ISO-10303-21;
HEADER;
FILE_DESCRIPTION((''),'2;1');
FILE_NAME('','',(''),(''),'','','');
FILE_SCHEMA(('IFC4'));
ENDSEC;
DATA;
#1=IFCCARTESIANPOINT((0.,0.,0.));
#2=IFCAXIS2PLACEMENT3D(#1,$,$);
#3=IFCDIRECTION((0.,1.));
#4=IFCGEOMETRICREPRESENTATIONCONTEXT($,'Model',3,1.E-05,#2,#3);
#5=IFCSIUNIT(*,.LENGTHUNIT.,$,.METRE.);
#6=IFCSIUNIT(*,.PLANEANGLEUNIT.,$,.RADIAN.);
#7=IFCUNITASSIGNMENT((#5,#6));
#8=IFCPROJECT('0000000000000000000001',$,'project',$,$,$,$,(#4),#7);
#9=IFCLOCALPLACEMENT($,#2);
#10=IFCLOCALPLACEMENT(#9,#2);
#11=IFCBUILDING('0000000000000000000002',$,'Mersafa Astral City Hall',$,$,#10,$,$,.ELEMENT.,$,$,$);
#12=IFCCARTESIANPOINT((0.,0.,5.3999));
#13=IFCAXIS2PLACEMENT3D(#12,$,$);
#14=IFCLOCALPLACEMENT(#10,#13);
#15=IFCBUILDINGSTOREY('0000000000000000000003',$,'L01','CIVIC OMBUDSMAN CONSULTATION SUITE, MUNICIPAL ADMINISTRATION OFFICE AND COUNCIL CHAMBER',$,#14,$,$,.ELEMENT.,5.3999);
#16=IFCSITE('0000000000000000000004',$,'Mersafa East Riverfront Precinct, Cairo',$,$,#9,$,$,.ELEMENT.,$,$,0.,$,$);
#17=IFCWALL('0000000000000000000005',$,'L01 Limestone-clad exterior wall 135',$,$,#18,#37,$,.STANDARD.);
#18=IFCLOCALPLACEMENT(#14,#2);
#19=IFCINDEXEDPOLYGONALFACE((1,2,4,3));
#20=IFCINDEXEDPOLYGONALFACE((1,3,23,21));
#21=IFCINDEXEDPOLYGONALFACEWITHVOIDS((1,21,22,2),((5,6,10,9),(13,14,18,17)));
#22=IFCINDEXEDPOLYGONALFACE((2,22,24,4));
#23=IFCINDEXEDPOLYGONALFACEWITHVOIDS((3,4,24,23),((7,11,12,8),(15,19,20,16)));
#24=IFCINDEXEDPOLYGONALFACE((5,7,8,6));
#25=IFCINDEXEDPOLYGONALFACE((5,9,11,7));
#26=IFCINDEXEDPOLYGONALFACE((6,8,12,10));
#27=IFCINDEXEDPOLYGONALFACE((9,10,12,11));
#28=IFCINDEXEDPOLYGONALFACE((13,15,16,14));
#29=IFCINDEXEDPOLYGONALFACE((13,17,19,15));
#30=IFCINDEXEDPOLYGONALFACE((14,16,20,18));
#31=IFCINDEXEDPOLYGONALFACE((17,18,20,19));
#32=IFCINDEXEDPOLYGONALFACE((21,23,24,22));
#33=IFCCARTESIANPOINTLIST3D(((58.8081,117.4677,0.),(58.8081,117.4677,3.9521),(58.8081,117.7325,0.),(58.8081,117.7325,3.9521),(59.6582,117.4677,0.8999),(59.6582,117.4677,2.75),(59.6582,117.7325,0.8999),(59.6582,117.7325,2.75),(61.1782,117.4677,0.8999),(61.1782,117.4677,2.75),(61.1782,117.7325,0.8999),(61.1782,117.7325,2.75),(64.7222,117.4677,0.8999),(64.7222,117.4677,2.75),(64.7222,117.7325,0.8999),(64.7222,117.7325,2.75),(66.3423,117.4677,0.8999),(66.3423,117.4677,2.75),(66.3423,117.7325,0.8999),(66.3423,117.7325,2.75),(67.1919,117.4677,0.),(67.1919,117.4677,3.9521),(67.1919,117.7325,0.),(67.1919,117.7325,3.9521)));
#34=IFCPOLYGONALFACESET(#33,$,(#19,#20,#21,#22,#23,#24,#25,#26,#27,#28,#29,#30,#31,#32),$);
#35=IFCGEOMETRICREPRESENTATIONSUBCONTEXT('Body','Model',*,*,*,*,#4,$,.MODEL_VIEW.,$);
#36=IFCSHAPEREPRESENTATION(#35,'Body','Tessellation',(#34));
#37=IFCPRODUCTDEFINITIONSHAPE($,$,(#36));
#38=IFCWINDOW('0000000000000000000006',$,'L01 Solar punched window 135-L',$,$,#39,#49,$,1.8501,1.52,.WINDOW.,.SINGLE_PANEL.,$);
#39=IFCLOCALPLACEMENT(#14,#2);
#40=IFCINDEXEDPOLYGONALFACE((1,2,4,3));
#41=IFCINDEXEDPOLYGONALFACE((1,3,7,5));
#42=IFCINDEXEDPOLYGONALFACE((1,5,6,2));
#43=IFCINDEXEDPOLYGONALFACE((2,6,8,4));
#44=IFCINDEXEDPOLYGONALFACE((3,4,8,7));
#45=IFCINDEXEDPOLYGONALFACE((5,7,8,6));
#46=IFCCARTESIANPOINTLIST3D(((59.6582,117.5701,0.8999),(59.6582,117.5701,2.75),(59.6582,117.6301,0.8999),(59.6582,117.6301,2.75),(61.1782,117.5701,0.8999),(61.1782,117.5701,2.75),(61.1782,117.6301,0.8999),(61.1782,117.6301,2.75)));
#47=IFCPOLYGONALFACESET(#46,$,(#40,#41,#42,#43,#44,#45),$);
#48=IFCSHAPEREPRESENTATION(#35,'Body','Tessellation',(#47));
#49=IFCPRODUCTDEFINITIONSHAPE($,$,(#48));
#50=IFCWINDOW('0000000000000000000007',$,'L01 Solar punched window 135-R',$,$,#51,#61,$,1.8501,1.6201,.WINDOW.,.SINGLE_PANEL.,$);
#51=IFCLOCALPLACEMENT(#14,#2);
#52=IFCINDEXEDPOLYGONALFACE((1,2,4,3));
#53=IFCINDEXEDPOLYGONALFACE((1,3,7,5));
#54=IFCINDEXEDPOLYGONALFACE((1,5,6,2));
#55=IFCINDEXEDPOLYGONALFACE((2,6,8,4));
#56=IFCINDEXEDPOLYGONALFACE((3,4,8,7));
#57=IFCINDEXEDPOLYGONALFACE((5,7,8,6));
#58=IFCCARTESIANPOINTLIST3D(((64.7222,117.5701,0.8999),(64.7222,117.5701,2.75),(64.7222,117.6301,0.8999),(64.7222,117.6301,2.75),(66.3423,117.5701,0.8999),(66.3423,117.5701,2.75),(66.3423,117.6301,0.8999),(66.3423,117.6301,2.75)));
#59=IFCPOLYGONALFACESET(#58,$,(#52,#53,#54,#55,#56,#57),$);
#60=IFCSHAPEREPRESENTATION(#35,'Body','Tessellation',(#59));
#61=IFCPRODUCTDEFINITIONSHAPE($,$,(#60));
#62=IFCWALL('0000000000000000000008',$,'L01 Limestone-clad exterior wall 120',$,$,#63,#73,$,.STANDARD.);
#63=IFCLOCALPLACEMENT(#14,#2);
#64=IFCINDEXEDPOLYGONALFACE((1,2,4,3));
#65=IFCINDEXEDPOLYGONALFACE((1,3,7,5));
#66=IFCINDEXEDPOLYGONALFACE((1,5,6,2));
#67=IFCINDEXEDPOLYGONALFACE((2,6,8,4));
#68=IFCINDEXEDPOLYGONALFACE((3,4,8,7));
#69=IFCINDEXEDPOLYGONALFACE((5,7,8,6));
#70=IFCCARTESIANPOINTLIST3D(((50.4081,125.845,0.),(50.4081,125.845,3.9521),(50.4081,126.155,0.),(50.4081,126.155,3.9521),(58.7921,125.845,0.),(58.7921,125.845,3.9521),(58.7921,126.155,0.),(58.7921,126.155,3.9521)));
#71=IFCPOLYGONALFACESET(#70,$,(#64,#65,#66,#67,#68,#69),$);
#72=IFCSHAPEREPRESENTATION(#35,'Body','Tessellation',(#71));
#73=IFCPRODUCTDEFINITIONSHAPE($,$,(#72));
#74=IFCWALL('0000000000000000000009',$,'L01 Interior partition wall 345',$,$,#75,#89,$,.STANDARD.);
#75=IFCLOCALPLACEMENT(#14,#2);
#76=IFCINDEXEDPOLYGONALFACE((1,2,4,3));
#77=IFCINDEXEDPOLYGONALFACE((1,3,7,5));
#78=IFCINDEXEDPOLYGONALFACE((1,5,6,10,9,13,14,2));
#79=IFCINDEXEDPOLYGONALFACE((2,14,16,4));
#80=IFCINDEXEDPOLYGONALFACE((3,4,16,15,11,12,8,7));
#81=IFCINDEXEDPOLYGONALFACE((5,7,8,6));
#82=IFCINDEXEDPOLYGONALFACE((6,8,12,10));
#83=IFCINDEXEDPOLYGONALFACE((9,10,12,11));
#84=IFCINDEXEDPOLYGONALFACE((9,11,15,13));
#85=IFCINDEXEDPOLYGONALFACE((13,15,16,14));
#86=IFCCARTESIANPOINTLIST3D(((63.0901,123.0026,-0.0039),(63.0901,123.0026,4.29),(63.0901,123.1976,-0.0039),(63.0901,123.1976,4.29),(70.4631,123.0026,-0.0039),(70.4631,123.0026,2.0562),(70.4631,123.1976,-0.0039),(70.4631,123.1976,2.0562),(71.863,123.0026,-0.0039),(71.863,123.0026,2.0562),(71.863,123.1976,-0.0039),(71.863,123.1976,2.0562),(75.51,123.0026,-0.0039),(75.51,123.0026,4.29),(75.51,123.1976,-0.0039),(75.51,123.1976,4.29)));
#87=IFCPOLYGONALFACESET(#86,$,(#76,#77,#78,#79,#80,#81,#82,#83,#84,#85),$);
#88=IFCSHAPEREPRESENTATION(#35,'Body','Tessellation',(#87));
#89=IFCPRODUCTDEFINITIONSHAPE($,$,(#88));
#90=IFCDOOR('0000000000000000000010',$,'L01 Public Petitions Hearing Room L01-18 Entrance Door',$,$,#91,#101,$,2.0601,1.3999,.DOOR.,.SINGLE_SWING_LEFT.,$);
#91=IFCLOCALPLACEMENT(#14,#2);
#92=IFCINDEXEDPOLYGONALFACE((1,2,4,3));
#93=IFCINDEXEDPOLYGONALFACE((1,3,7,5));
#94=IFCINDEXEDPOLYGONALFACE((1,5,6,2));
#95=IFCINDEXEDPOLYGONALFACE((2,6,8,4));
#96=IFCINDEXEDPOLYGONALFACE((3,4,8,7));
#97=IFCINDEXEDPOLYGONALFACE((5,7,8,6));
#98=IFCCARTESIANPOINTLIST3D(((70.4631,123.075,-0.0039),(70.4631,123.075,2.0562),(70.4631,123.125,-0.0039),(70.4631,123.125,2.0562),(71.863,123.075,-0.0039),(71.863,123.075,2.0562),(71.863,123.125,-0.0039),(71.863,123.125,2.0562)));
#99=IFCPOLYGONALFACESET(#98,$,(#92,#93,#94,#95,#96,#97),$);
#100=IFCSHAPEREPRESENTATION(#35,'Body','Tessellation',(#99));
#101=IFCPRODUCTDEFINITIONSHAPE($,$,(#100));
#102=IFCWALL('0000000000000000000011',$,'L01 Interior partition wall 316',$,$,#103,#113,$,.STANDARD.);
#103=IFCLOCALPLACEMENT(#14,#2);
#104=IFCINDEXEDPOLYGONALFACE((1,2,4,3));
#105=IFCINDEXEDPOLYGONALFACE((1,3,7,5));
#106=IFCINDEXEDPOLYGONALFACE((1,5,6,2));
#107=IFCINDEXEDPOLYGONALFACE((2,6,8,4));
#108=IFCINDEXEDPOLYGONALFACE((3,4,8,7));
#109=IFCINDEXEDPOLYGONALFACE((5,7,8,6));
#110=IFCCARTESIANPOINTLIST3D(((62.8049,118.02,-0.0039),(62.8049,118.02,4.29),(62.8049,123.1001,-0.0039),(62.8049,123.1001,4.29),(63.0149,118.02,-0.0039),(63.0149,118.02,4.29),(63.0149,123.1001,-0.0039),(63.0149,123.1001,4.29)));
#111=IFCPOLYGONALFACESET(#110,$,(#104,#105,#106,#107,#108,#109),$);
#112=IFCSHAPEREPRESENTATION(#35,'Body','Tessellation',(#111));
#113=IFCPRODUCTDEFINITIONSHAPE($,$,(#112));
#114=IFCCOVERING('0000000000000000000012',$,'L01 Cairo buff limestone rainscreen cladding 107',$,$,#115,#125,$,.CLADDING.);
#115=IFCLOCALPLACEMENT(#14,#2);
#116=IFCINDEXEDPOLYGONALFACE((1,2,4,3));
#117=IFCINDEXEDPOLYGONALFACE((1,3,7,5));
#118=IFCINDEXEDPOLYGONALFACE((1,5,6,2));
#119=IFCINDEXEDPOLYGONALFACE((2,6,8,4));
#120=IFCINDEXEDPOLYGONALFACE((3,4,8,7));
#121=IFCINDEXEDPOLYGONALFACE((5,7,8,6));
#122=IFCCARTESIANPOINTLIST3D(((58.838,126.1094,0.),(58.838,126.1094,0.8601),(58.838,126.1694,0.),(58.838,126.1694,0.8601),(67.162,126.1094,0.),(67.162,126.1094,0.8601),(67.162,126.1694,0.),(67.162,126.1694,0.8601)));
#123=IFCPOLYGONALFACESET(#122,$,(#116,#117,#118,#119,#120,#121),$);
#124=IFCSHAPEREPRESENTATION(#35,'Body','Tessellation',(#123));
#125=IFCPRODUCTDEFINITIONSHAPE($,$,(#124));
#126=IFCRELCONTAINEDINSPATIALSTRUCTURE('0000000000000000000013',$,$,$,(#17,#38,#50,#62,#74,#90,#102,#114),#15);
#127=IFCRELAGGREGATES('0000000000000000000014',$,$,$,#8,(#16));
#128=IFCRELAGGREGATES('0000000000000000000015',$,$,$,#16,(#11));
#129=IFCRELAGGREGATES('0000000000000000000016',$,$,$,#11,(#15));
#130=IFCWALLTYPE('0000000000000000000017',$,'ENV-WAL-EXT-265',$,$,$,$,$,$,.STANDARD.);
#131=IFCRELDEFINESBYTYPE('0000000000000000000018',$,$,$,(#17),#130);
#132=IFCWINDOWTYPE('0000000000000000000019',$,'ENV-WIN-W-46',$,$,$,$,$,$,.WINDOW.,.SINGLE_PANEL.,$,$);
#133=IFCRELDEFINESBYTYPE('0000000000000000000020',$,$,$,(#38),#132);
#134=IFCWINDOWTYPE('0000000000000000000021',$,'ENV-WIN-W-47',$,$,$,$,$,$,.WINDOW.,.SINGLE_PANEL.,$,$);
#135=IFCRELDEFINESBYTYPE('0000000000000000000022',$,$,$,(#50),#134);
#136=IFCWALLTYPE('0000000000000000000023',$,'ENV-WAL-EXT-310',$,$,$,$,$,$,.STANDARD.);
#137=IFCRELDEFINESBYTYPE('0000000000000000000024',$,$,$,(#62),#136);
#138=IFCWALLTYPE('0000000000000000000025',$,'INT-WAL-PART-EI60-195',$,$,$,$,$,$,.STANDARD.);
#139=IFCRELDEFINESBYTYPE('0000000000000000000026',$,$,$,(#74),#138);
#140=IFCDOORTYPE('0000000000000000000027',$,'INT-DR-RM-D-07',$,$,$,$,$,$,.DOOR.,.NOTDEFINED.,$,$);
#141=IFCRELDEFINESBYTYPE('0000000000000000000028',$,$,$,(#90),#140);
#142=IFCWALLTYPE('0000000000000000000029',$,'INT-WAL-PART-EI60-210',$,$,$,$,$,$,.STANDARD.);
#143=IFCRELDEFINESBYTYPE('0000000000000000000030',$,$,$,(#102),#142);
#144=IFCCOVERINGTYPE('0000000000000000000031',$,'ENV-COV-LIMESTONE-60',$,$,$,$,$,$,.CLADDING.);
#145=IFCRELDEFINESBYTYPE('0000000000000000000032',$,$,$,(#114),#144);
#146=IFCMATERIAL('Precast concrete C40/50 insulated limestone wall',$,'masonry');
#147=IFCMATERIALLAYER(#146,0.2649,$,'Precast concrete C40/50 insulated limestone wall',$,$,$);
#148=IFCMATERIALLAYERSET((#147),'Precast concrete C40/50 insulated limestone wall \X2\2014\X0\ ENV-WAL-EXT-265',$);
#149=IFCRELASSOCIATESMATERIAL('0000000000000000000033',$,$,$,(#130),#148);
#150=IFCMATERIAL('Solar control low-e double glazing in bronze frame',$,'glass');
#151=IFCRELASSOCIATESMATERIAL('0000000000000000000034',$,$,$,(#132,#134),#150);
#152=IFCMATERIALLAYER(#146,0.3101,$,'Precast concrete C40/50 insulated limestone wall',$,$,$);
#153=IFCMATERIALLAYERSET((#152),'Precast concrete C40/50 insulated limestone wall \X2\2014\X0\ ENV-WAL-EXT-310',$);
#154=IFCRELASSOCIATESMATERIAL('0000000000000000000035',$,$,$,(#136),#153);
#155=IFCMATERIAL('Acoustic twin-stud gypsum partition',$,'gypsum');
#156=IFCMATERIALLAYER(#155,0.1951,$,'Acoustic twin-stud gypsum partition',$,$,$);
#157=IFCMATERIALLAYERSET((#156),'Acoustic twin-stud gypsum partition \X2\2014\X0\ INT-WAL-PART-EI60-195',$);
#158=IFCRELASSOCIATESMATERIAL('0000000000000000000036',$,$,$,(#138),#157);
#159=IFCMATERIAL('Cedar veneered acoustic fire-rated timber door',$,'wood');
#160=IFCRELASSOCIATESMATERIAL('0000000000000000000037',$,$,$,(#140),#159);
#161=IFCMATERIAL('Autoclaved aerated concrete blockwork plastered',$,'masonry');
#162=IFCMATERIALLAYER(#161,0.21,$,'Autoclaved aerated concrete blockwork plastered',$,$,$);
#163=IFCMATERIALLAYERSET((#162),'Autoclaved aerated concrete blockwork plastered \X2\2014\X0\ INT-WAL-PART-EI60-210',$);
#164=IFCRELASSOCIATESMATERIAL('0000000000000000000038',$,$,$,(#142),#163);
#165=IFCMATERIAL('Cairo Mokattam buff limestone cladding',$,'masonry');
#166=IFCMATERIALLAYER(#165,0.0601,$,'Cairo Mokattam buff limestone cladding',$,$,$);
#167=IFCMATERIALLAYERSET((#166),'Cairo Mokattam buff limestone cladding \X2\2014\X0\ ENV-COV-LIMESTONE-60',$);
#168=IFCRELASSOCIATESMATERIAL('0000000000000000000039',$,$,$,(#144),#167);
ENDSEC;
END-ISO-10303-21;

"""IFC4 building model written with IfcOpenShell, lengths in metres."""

from ifc_helpers import new_model, si_unit, direction, frame, frame_2d, origin, origin_2d, place, context, subcontext, project, spatial, rectangle, extrude, material, layer, layer_set, type_object, element, fill, save


model = new_model("IFC4")

# Units and contexts
model_context = context("Model", 3, precision=1e-05, world=origin(), true_north=direction((0.0, 1.0)))
body_context = subcontext(model_context, "Body", "Model", "MODEL_VIEW")
ifc_project = project(units=[si_unit("LENGTHUNIT", "METRE"), si_unit("PLANEANGLEUNIT", "RADIAN")], contexts=[model_context])

# Site, building, storey
site_placement = place(None, origin())
site = spatial("IfcSite", under=ifc_project, at=site_placement, Name="Mersafa East Riverfront Precinct, Cairo", CompositionType="ELEMENT", RefElevation=0.0)
building_placement = place(site_placement, origin())
building = spatial("IfcBuilding", under=site, at=building_placement, Name="Mersafa Astral City Hall", CompositionType="ELEMENT")
storey_placement = place(building_placement, frame((0.0, 0.0, 5.3999)))
storey = spatial("IfcBuildingStorey", under=building, at=storey_placement, Name="L01", Description="CIVIC OMBUDSMAN CONSULTATION SUITE, MUNICIPAL ADMINISTRATION OFFICE AND COUNCIL CHAMBER", CompositionType="ELEMENT", Elevation=5.3999)

# Wall, openings, windows
ifc_material_1 = material(Name="Precast concrete C40/50 insulated limestone wall", Category="masonry")
ifc_layer_1 = layer(ifc_material_1, 0.2649, Name="Precast concrete C40/50 insulated limestone wall")
ifc_layer_set_1 = layer_set([ifc_layer_1], Name="Precast concrete C40/50 insulated limestone wall — ENV-WAL-EXT-265")
wall_type_1 = type_object("IfcWallType", Name="ENV-WAL-EXT-265", PredefinedType="STANDARD", material=ifc_layer_set_1)
wall_1_placement = place(storey_placement, frame((58.8081, 117.6001, 0.0), z_axis=(0.0, 0.0, 1.0), x_axis=(1.0, 0.0, 0.0)))
wall_1 = element("IfcWall", 1, at=wall_1_placement, inside=storey, type_object=wall_type_1, Name="L01 Limestone-clad exterior wall 135", PredefinedType="STANDARD", context=body_context, shape_type="SweptSolid", body=[
    extrude(rectangle(XDim=8.3838, YDim=0.2649, at=frame_2d((4.1919, 0.0))), origin(), (0.0, 0.0, 1.0), 3.9521),
])
opening_1_placement = place(wall_1_placement, frame((0.8501, 0.0, 0.8999)))
opening_1 = element("IfcOpeningElement", 2, at=opening_1_placement, cuts=wall_1, PredefinedType="OPENING", context=body_context, shape_type="SweptSolid", body=[
    extrude(rectangle(XDim=1.52, YDim=1.8501, at=frame_2d((0.76, 0.925))), frame((0.0, 0.1423, 0.0), z_axis=(0.0, -1.0, 0.0), x_axis=(1.0, 0.0, 0.0)), (0.0, 0.0, 1.0), 0.2849),
])
opening_2_placement = place(wall_1_placement, frame((5.9141, 0.0, 0.8999)))
opening_2 = element("IfcOpeningElement", 3, at=opening_2_placement, cuts=wall_1, PredefinedType="OPENING", context=body_context, shape_type="SweptSolid", body=[
    extrude(rectangle(XDim=1.6201, YDim=1.8501, at=frame_2d((0.8101, 0.925))), frame((0.0, 0.1423, 0.0), z_axis=(0.0, -1.0, 0.0), x_axis=(1.0, 0.0, 0.0)), (0.0, 0.0, 1.0), 0.2849),
])
ifc_material_2 = material(Name="Solar control low-e double glazing in bronze frame", Category="glass")
window_type_1 = type_object("IfcWindowType", Name="ENV-WIN-W-46", PartitioningType="SINGLE_PANEL", PredefinedType="WINDOW", material=ifc_material_2)
window_1_placement = place(opening_1_placement, origin())
window_1 = element("IfcWindow", 4, at=window_1_placement, inside=storey, type_object=window_type_1, Name="L01 Solar punched window 135-L", OverallHeight=1.8501, OverallWidth=1.52, PartitioningType="SINGLE_PANEL", PredefinedType="WINDOW", context=body_context, shape_type="SweptSolid", body=[
    extrude(rectangle(XDim=1.52, YDim=1.8501, at=frame_2d((0.76, 0.925))), frame((0.0, 0.03, 0.0), z_axis=(0.0, -1.0, 0.0), x_axis=(1.0, 0.0, 0.0)), (0.0, 0.0, 1.0), 0.0601),
])
fill(opening_1, window_1)
window_type_2 = type_object("IfcWindowType", Name="ENV-WIN-W-47", PartitioningType="SINGLE_PANEL", PredefinedType="WINDOW", material=ifc_material_2)
window_2_placement = place(opening_2_placement, origin())
window_2 = element("IfcWindow", 5, at=window_2_placement, inside=storey, type_object=window_type_2, Name="L01 Solar punched window 135-R", OverallHeight=1.8501, OverallWidth=1.6201, PartitioningType="SINGLE_PANEL", PredefinedType="WINDOW", context=body_context, shape_type="SweptSolid", body=[
    extrude(rectangle(XDim=1.6201, YDim=1.8501, at=frame_2d((0.8101, 0.925))), frame((0.0, 0.03, 0.0), z_axis=(0.0, -1.0, 0.0), x_axis=(1.0, 0.0, 0.0)), (0.0, 0.0, 1.0), 0.0601),
])
fill(opening_2, window_2)

# Wall
ifc_layer_2 = layer(ifc_material_1, 0.3101, Name="Precast concrete C40/50 insulated limestone wall")
ifc_layer_set_2 = layer_set([ifc_layer_2], Name="Precast concrete C40/50 insulated limestone wall — ENV-WAL-EXT-310")
wall_type_2 = type_object("IfcWallType", Name="ENV-WAL-EXT-310", PredefinedType="STANDARD", material=ifc_layer_set_2)
wall_2_placement = place(storey_placement, frame((58.792, 126.0, 0.0), z_axis=(0.0, 0.0, 1.0), x_axis=(-1.0, 0.0, 0.0)))
element("IfcWall", 6, at=wall_2_placement, inside=storey, type_object=wall_type_2, Name="L01 Limestone-clad exterior wall 120", PredefinedType="STANDARD", context=body_context, shape_type="SweptSolid", body=[
    extrude(rectangle(XDim=8.384, YDim=0.3101, at=frame_2d((4.1919, 0.0))), origin(), (0.0, 0.0, 1.0), 3.9521),
])

# Wall, opening, door
ifc_material_3 = material(Name="Acoustic twin-stud gypsum partition", Category="gypsum")
ifc_layer_3 = layer(ifc_material_3, 0.1951, Name="Acoustic twin-stud gypsum partition")
ifc_layer_set_3 = layer_set([ifc_layer_3], Name="Acoustic twin-stud gypsum partition — INT-WAL-PART-EI60-195")
wall_type_3 = type_object("IfcWallType", Name="INT-WAL-PART-EI60-195", PredefinedType="STANDARD", material=ifc_layer_set_3)
wall_3_placement = place(storey_placement, frame((63.0901, 123.1001, -0.0039), z_axis=(0.0, 0.0, 1.0), x_axis=(1.0, 0.0, 0.0)))
wall_3 = element("IfcWall", 7, at=wall_3_placement, inside=storey, type_object=wall_type_3, Name="L01 Interior partition wall 345", PredefinedType="STANDARD", context=body_context, shape_type="SweptSolid", body=[
    extrude(rectangle(XDim=12.4199, YDim=0.1951, at=frame_2d((6.21, 0.0))), origin(), (0.0, 0.0, 1.0), 4.2939),
])
opening_3_placement = place(wall_3_placement, frame((7.373, 0.0, 0.0)))
opening_3 = element("IfcOpeningElement", 8, at=opening_3_placement, cuts=wall_3, PredefinedType="OPENING", context=body_context, shape_type="SweptSolid", body=[
    extrude(rectangle(XDim=1.3999, YDim=2.0601, at=frame_2d((0.7, 1.03))), frame((0.0, 0.1074, 0.0), z_axis=(0.0, -1.0, 0.0), x_axis=(1.0, 0.0, 0.0)), (0.0, 0.0, 1.0), 0.2151),
])
ifc_material_4 = material(Name="Cedar veneered acoustic fire-rated timber door", Category="wood")
door_type = type_object("IfcDoorType", Name="INT-DR-RM-D-07", OperationType="NOTDEFINED", PredefinedType="DOOR", material=ifc_material_4)
door_placement = place(opening_3_placement, origin())
door = element("IfcDoor", 9, at=door_placement, inside=storey, type_object=door_type, Name="L01 Public Petitions Hearing Room L01-18 Entrance Door", OperationType="SINGLE_SWING_LEFT", OverallHeight=2.0601, OverallWidth=1.3999, PredefinedType="DOOR", context=body_context, shape_type="SweptSolid", body=[
    extrude(rectangle(XDim=1.3999, YDim=2.0601, at=frame_2d((0.7, 1.03))), frame((0.0, 0.0249, 0.0), z_axis=(0.0, -1.0, 0.0), x_axis=(1.0, 0.0, 0.0)), (0.0, 0.0, 1.0), 0.05),
])
fill(opening_3, door)

# Wall
ifc_material_5 = material(Name="Autoclaved aerated concrete blockwork plastered", Category="masonry")
ifc_layer_4 = layer(ifc_material_5, 0.21, Name="Autoclaved aerated concrete blockwork plastered")
ifc_layer_set_4 = layer_set([ifc_layer_4], Name="Autoclaved aerated concrete blockwork plastered — INT-WAL-PART-EI60-210")
wall_type_4 = type_object("IfcWallType", Name="INT-WAL-PART-EI60-210", PredefinedType="STANDARD", material=ifc_layer_set_4)
wall_4_placement = place(storey_placement, frame((62.9099, 123.1001, -0.0039), z_axis=(0.0, 0.0, 1.0), x_axis=(0.0, -1.0, 0.0)))
element("IfcWall", 10, at=wall_4_placement, inside=storey, type_object=wall_type_4, Name="L01 Interior partition wall 316", PredefinedType="STANDARD", context=body_context, shape_type="SweptSolid", body=[
    extrude(rectangle(XDim=5.0801, YDim=0.21, at=frame_2d((2.54, 0.0))), origin(), (0.0, 0.0, 1.0), 4.2939),
])

# Covering
ifc_material_6 = material(Name="Cairo Mokattam buff limestone cladding", Category="masonry")
ifc_layer_5 = layer(ifc_material_6, 0.0601, Name="Cairo Mokattam buff limestone cladding")
ifc_layer_set_5 = layer_set([ifc_layer_5], Name="Cairo Mokattam buff limestone cladding — ENV-COV-LIMESTONE-60")
covering_type = type_object("IfcCoveringType", Name="ENV-COV-LIMESTONE-60", PredefinedType="CLADDING", material=ifc_layer_set_5)
covering_placement = place(storey_placement, frame((63.0, 126.1394, 0.0), z_axis=(0.0, 0.0, 1.0), x_axis=(-1.0, 0.0, 0.0)))
element("IfcCovering", 11, at=covering_placement, inside=storey, type_object=covering_type, Name="L01 Cairo buff limestone rainscreen cladding 107", PredefinedType="CLADDING", context=body_context, shape_type="SweptSolid", body=[
    extrude(rectangle(XDim=8.324, YDim=0.0601, at=origin_2d()), origin(), (0.0, 0.0, 1.0), 0.8601),
])

save(model, "model.ifc")
